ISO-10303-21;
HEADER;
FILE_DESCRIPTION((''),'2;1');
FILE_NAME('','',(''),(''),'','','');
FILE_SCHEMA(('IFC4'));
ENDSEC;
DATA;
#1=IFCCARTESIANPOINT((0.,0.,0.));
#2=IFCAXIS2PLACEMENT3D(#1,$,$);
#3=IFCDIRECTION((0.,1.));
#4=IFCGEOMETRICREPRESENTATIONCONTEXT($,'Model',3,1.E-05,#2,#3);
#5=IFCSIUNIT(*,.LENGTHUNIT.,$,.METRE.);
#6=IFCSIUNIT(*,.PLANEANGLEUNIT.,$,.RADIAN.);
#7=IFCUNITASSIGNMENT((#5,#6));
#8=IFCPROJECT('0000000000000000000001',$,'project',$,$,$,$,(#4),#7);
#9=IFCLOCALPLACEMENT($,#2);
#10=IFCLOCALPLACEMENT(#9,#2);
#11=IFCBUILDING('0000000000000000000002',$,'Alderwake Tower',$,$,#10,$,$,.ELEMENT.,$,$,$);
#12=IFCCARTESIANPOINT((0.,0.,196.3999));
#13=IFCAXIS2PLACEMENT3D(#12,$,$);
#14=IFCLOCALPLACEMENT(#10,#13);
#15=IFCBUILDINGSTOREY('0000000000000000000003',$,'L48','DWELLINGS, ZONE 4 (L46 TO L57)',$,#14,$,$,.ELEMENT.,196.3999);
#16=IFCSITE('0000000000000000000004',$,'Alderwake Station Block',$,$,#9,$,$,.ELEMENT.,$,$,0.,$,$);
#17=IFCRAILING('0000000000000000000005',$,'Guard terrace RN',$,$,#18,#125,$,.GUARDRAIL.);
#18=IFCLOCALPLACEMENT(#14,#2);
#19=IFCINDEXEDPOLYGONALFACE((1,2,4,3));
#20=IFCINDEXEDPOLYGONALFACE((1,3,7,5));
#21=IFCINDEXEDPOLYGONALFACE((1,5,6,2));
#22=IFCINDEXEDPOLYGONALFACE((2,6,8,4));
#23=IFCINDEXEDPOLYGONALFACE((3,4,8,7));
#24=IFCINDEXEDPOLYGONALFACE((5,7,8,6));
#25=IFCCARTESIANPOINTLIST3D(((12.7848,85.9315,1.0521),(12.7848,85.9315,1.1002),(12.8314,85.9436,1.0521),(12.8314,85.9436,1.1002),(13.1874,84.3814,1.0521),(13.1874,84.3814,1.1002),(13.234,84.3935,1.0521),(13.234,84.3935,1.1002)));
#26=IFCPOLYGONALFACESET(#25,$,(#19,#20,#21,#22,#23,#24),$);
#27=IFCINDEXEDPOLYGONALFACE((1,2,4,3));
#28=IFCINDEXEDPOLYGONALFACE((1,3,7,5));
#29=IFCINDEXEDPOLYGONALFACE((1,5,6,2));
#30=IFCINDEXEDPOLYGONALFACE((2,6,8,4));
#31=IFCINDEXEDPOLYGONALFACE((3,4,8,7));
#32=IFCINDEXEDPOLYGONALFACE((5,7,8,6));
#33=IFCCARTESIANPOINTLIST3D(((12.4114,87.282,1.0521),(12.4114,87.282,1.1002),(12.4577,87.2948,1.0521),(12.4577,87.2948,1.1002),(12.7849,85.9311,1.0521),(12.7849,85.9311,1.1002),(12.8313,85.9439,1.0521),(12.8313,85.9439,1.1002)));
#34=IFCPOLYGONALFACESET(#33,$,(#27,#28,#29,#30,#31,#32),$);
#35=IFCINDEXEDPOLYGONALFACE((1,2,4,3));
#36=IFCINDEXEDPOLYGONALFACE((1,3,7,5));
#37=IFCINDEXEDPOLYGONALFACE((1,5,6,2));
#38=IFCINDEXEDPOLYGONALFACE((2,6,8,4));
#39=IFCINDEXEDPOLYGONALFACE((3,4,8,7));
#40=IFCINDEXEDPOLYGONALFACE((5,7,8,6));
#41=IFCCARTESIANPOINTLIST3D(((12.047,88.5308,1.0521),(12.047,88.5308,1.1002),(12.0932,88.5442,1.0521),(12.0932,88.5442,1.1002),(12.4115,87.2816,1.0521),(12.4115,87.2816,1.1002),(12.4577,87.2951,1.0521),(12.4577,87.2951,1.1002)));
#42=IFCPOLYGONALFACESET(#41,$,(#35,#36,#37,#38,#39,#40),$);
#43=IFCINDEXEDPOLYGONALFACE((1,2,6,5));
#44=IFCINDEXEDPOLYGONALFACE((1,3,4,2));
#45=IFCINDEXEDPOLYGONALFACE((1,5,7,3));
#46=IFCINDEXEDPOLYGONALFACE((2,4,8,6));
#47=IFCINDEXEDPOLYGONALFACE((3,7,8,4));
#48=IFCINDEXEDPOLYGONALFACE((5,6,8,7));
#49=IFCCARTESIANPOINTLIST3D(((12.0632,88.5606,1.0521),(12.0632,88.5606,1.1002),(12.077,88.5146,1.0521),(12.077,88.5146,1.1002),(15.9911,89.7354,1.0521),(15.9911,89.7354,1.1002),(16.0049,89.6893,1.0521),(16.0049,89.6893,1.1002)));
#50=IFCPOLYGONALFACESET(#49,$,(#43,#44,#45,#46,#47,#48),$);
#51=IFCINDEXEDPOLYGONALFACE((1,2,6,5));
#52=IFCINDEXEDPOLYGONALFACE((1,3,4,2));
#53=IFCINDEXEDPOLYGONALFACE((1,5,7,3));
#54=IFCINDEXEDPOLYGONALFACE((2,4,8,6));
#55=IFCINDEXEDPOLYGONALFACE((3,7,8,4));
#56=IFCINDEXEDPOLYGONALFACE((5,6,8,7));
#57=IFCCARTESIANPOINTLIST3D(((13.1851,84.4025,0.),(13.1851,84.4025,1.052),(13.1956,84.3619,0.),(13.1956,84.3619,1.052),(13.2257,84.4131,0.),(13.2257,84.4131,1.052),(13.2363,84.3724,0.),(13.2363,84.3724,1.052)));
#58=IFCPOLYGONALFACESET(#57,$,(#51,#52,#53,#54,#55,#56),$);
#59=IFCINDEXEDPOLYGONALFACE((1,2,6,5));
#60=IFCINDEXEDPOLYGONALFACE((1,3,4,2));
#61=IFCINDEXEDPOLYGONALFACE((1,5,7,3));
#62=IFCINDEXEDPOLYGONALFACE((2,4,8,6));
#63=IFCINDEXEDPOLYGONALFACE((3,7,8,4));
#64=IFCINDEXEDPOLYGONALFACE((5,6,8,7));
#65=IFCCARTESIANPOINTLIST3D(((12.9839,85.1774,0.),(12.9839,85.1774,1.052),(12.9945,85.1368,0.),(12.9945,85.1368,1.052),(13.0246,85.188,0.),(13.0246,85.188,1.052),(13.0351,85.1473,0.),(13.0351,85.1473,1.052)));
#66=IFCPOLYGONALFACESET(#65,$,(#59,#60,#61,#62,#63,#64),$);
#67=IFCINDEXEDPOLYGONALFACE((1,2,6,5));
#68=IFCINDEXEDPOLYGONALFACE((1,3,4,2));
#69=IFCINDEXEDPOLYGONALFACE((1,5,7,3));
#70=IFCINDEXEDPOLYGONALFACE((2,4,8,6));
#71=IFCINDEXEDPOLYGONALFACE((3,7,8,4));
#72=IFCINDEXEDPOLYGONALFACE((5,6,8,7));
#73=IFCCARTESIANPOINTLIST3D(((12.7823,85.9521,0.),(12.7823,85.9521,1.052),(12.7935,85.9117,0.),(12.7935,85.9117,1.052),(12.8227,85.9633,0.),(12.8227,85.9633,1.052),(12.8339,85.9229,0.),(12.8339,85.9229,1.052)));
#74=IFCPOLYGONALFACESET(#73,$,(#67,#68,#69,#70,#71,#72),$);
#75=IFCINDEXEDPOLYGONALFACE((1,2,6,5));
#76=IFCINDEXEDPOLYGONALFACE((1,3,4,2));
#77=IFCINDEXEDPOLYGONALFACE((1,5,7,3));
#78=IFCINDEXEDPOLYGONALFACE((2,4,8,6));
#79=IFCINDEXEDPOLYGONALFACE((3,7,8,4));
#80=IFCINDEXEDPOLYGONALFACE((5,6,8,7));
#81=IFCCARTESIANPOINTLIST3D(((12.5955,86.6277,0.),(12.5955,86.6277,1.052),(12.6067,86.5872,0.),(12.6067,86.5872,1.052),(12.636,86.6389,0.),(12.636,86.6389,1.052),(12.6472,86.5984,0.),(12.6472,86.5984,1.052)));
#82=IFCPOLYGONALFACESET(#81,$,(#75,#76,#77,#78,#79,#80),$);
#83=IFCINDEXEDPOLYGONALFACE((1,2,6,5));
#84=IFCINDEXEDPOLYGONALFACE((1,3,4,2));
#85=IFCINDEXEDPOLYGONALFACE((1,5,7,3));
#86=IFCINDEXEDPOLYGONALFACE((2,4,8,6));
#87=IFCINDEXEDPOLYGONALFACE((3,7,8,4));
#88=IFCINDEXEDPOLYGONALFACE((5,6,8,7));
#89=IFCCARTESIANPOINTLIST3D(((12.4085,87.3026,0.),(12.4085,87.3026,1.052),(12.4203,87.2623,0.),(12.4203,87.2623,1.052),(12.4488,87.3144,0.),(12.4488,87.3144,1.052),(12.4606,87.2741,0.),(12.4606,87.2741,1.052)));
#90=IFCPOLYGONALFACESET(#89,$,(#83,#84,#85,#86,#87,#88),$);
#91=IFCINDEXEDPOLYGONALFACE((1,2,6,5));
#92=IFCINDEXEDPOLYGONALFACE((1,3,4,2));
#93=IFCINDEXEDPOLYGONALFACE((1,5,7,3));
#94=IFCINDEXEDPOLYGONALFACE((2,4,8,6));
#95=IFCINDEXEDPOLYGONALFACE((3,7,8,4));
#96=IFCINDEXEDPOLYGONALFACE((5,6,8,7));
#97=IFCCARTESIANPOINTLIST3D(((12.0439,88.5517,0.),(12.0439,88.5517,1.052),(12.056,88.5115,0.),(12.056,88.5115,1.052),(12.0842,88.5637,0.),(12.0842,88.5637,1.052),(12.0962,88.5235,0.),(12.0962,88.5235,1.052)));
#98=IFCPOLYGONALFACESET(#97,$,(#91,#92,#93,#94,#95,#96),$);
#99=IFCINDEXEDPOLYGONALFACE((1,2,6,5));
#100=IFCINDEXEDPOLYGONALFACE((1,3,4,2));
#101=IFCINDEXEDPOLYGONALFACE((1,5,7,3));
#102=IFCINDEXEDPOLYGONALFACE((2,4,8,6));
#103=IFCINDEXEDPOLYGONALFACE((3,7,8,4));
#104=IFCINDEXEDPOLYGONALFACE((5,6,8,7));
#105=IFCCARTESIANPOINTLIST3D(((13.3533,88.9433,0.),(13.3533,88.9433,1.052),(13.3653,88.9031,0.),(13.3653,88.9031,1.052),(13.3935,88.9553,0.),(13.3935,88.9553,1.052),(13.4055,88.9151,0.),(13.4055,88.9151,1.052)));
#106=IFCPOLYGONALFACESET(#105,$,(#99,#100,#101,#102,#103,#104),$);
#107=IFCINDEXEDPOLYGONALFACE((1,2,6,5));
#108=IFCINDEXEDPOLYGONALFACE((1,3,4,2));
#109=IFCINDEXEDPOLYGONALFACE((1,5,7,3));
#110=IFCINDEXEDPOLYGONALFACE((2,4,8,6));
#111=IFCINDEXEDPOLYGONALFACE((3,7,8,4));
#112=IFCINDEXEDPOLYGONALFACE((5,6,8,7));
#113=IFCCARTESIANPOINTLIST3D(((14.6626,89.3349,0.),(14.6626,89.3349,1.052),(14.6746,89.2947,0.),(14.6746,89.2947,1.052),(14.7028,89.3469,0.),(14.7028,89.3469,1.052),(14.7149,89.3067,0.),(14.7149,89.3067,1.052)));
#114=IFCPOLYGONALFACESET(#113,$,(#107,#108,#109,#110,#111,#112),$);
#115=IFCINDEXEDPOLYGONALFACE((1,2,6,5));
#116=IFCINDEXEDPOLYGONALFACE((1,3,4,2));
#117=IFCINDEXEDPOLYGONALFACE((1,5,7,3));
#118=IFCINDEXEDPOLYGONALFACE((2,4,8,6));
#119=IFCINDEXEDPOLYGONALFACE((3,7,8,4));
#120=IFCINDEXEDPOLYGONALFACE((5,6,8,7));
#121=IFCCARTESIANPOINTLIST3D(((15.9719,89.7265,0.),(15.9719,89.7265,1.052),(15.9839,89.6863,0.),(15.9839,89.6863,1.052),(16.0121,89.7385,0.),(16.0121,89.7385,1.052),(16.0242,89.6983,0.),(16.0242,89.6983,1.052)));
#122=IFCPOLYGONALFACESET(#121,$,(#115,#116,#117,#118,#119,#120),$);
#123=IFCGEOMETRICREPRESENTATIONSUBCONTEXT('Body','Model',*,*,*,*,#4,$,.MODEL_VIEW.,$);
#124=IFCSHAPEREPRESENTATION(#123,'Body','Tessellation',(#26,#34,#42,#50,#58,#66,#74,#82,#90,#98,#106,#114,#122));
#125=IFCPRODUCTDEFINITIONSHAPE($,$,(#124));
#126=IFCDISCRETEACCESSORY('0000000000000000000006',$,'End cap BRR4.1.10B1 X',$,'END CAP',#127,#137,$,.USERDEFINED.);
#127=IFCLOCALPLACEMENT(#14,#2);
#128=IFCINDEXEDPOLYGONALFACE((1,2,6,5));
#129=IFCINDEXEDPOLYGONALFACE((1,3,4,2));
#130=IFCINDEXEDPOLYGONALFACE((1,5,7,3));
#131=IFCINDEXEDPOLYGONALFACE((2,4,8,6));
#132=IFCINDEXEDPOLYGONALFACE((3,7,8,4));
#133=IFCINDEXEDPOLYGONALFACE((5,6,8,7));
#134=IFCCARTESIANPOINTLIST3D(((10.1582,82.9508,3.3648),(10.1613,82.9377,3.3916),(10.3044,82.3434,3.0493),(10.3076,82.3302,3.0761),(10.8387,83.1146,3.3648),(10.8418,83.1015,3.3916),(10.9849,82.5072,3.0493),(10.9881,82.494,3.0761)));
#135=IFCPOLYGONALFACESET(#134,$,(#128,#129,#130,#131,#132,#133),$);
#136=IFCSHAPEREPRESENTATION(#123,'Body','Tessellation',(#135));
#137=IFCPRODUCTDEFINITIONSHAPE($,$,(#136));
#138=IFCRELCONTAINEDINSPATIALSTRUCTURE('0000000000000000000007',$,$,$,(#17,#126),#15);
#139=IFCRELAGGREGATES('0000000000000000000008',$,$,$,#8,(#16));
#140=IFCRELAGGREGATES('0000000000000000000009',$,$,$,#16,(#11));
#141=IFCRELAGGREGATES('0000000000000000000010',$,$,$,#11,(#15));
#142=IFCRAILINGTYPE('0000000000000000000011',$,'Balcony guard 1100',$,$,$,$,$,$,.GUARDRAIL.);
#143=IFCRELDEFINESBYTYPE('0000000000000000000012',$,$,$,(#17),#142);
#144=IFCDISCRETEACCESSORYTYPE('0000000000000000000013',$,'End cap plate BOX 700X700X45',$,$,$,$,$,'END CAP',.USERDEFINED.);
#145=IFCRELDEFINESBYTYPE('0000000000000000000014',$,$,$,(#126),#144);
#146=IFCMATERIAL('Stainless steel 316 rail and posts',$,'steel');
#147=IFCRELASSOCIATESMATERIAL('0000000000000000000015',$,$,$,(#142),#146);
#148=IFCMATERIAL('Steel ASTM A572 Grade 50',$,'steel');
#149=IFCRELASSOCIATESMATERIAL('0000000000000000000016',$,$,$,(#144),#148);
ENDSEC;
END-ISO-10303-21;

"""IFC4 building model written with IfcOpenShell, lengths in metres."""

from ifc_helpers import new_model, si_unit, direction, frame, origin, origin_2d, place, context, subcontext, project, spatial, rectangle, extrude, material, material_profile, profile_set, type_object, element, save


model = new_model("IFC4")

# Units and contexts
model_context = context("Model", 3, precision=1e-05, world=origin(), true_north=direction((0.0, 1.0)))
body_context = subcontext(model_context, "Body", "Model", "MODEL_VIEW")
ifc_project = project(units=[si_unit("LENGTHUNIT", "METRE"), si_unit("PLANEANGLEUNIT", "RADIAN")], contexts=[model_context])

# Site, building, storey
site_placement = place(None, origin())
site = spatial("IfcSite", under=ifc_project, at=site_placement, Name="Alderwake Station Block", CompositionType="ELEMENT", RefElevation=0.0)
building_placement = place(site_placement, origin())
building = spatial("IfcBuilding", under=site, at=building_placement, Name="Alderwake Tower", CompositionType="ELEMENT")
storey_placement = place(building_placement, frame((0.0, 0.0, 196.3999)))
storey = spatial("IfcBuildingStorey", under=building, at=storey_placement, Name="L48", Description="DWELLINGS, ZONE 4 (L46 TO L57)", CompositionType="ELEMENT", Elevation=196.3999)

# Railing
ifc_material_1 = material(Name="Stainless steel 316 rail and posts", Category="steel")
railing_type = type_object("IfcRailingType", Name="Balcony guard 1100", PredefinedType="GUARDRAIL", material=ifc_material_1)
railing_placement = place(storey_placement, frame((13.2107, 84.3875, 0.0)))
element("IfcRailing", 1, at=railing_placement, inside=storey, type_object=railing_type, Name="Guard terrace RN", PredefinedType="GUARDRAIL", context=body_context, shape_type="SweptSolid", body=[
    extrude(rectangle(XDim=0.0481, YDim=0.0481, at=origin_2d()), frame((0.0, 0.0, 1.0762), z_axis=(-0.251385, 0.967887, 0.0), x_axis=(-0.967887, -0.251385, 0.0)), (0.0, 0.0, 1.0), 1.6016),
    extrude(rectangle(XDim=0.0481, YDim=0.0481, at=origin_2d()), frame((-0.4026, 1.55, 1.0762), z_axis=(-0.266521, 0.963829, 0.0), x_axis=(-0.963829, -0.266521, 0.0)), (0.0, 0.0, 1.0), 1.4016),
    extrude(rectangle(XDim=0.0481, YDim=0.0481, at=origin_2d()), frame((-0.7761, 2.9009, 1.0762), z_axis=(-0.280094, 0.959973, 0.0), x_axis=(-0.959973, -0.280094, 0.0)), (0.0, 0.0, 1.0), 1.3013),
    extrude(rectangle(XDim=0.0481, YDim=0.0481, at=origin_2d()), frame((-1.1406, 4.1501, 1.0762), z_axis=(0.958067, 0.286545, 0.0), x_axis=(-0.286545, 0.958067, 0.0)), (0.0, 0.0, 1.0), 4.0999),
    extrude(rectangle(XDim=0.042, YDim=0.042, at=origin_2d()), frame((0.0, 0.0, 0.0), z_axis=(0.0, 0.0, 1.0), x_axis=(-0.251385, 0.967887, 0.0)), (0.0, 0.0, 1.0), 1.052),
    extrude(rectangle(XDim=0.042, YDim=0.042, at=origin_2d()), frame((-0.2012, 0.7749, 0.0), z_axis=(0.0, 0.0, 1.0), x_axis=(-0.251385, 0.967887, 0.0)), (0.0, 0.0, 1.0), 1.052),
    extrude(rectangle(XDim=0.042, YDim=0.042, at=origin_2d()), frame((-0.4026, 1.55, 0.0), z_axis=(0.0, 0.0, 1.0), x_axis=(-0.266521, 0.963829, 0.0)), (0.0, 0.0, 1.0), 1.052),
    extrude(rectangle(XDim=0.042, YDim=0.042, at=origin_2d()), frame((-0.5894, 2.2256, 0.0), z_axis=(0.0, 0.0, 1.0), x_axis=(-0.266521, 0.963829, 0.0)), (0.0, 0.0, 1.0), 1.052),
    extrude(rectangle(XDim=0.042, YDim=0.042, at=origin_2d()), frame((-0.7761, 2.9009, 0.0), z_axis=(0.0, 0.0, 1.0), x_axis=(-0.280094, 0.959973, 0.0)), (0.0, 0.0, 1.0), 1.052),
    extrude(rectangle(XDim=0.042, YDim=0.042, at=origin_2d()), frame((-1.1406, 4.1501, 0.0), z_axis=(0.0, 0.0, 1.0), x_axis=(0.958067, 0.286545, 0.0)), (0.0, 0.0, 1.0), 1.052),
    extrude(rectangle(XDim=0.042, YDim=0.042, at=origin_2d()), frame((0.1687, 4.5417, 0.0), z_axis=(0.0, 0.0, 1.0), x_axis=(0.958067, 0.286545, 0.0)), (0.0, 0.0, 1.0), 1.052),
    extrude(rectangle(XDim=0.042, YDim=0.042, at=origin_2d()), frame((1.478, 4.9333, 0.0), z_axis=(0.0, 0.0, 1.0), x_axis=(0.958067, 0.286545, 0.0)), (0.0, 0.0, 1.0), 1.052),
    extrude(rectangle(XDim=0.042, YDim=0.042, at=origin_2d()), frame((2.7874, 5.325, 0.0), z_axis=(0.0, 0.0, 1.0), x_axis=(0.958067, 0.286545, 0.0)), (0.0, 0.0, 1.0), 1.052),
])

# Discrete accessory
ifc_material_2 = material(Name="Steel ASTM A572 Grade 50", Category="steel")
ifc_material_profile_1 = material_profile(ifc_material_2, rectangle(XDim=0.7, YDim=0.7, at=origin_2d()), Name="BOX 700X700X45 cap")
ifc_profile_set_1 = profile_set([ifc_material_profile_1], Name="Steel ASTM A572 Grade 50")
discrete_accessory_type = type_object("IfcDiscreteAccessoryType", Name="End cap plate BOX 700X700X45", ElementType="END CAP", PredefinedType="USERDEFINED", material=ifc_profile_set_1)
discrete_accessory_placement = place(storey_placement, frame((10.5715, 82.729, 3.207), z_axis=(0.105496, -0.438214, 0.892658), x_axis=(0.972224, 0.234054, 0.0)))
element("IfcDiscreteAccessory", 2, at=discrete_accessory_placement, inside=storey, type_object=discrete_accessory_type, Name="End cap BRR4.1.10B1 X", ObjectType="END CAP", PredefinedType="USERDEFINED", context=body_context, shape_type="SweptSolid", body=[
    extrude(rectangle(XDim=0.7, YDim=0.7, at=origin_2d()), origin(), (0.0, 0.0, 1.0), 0.03),
])

save(model, "model.ifc")
